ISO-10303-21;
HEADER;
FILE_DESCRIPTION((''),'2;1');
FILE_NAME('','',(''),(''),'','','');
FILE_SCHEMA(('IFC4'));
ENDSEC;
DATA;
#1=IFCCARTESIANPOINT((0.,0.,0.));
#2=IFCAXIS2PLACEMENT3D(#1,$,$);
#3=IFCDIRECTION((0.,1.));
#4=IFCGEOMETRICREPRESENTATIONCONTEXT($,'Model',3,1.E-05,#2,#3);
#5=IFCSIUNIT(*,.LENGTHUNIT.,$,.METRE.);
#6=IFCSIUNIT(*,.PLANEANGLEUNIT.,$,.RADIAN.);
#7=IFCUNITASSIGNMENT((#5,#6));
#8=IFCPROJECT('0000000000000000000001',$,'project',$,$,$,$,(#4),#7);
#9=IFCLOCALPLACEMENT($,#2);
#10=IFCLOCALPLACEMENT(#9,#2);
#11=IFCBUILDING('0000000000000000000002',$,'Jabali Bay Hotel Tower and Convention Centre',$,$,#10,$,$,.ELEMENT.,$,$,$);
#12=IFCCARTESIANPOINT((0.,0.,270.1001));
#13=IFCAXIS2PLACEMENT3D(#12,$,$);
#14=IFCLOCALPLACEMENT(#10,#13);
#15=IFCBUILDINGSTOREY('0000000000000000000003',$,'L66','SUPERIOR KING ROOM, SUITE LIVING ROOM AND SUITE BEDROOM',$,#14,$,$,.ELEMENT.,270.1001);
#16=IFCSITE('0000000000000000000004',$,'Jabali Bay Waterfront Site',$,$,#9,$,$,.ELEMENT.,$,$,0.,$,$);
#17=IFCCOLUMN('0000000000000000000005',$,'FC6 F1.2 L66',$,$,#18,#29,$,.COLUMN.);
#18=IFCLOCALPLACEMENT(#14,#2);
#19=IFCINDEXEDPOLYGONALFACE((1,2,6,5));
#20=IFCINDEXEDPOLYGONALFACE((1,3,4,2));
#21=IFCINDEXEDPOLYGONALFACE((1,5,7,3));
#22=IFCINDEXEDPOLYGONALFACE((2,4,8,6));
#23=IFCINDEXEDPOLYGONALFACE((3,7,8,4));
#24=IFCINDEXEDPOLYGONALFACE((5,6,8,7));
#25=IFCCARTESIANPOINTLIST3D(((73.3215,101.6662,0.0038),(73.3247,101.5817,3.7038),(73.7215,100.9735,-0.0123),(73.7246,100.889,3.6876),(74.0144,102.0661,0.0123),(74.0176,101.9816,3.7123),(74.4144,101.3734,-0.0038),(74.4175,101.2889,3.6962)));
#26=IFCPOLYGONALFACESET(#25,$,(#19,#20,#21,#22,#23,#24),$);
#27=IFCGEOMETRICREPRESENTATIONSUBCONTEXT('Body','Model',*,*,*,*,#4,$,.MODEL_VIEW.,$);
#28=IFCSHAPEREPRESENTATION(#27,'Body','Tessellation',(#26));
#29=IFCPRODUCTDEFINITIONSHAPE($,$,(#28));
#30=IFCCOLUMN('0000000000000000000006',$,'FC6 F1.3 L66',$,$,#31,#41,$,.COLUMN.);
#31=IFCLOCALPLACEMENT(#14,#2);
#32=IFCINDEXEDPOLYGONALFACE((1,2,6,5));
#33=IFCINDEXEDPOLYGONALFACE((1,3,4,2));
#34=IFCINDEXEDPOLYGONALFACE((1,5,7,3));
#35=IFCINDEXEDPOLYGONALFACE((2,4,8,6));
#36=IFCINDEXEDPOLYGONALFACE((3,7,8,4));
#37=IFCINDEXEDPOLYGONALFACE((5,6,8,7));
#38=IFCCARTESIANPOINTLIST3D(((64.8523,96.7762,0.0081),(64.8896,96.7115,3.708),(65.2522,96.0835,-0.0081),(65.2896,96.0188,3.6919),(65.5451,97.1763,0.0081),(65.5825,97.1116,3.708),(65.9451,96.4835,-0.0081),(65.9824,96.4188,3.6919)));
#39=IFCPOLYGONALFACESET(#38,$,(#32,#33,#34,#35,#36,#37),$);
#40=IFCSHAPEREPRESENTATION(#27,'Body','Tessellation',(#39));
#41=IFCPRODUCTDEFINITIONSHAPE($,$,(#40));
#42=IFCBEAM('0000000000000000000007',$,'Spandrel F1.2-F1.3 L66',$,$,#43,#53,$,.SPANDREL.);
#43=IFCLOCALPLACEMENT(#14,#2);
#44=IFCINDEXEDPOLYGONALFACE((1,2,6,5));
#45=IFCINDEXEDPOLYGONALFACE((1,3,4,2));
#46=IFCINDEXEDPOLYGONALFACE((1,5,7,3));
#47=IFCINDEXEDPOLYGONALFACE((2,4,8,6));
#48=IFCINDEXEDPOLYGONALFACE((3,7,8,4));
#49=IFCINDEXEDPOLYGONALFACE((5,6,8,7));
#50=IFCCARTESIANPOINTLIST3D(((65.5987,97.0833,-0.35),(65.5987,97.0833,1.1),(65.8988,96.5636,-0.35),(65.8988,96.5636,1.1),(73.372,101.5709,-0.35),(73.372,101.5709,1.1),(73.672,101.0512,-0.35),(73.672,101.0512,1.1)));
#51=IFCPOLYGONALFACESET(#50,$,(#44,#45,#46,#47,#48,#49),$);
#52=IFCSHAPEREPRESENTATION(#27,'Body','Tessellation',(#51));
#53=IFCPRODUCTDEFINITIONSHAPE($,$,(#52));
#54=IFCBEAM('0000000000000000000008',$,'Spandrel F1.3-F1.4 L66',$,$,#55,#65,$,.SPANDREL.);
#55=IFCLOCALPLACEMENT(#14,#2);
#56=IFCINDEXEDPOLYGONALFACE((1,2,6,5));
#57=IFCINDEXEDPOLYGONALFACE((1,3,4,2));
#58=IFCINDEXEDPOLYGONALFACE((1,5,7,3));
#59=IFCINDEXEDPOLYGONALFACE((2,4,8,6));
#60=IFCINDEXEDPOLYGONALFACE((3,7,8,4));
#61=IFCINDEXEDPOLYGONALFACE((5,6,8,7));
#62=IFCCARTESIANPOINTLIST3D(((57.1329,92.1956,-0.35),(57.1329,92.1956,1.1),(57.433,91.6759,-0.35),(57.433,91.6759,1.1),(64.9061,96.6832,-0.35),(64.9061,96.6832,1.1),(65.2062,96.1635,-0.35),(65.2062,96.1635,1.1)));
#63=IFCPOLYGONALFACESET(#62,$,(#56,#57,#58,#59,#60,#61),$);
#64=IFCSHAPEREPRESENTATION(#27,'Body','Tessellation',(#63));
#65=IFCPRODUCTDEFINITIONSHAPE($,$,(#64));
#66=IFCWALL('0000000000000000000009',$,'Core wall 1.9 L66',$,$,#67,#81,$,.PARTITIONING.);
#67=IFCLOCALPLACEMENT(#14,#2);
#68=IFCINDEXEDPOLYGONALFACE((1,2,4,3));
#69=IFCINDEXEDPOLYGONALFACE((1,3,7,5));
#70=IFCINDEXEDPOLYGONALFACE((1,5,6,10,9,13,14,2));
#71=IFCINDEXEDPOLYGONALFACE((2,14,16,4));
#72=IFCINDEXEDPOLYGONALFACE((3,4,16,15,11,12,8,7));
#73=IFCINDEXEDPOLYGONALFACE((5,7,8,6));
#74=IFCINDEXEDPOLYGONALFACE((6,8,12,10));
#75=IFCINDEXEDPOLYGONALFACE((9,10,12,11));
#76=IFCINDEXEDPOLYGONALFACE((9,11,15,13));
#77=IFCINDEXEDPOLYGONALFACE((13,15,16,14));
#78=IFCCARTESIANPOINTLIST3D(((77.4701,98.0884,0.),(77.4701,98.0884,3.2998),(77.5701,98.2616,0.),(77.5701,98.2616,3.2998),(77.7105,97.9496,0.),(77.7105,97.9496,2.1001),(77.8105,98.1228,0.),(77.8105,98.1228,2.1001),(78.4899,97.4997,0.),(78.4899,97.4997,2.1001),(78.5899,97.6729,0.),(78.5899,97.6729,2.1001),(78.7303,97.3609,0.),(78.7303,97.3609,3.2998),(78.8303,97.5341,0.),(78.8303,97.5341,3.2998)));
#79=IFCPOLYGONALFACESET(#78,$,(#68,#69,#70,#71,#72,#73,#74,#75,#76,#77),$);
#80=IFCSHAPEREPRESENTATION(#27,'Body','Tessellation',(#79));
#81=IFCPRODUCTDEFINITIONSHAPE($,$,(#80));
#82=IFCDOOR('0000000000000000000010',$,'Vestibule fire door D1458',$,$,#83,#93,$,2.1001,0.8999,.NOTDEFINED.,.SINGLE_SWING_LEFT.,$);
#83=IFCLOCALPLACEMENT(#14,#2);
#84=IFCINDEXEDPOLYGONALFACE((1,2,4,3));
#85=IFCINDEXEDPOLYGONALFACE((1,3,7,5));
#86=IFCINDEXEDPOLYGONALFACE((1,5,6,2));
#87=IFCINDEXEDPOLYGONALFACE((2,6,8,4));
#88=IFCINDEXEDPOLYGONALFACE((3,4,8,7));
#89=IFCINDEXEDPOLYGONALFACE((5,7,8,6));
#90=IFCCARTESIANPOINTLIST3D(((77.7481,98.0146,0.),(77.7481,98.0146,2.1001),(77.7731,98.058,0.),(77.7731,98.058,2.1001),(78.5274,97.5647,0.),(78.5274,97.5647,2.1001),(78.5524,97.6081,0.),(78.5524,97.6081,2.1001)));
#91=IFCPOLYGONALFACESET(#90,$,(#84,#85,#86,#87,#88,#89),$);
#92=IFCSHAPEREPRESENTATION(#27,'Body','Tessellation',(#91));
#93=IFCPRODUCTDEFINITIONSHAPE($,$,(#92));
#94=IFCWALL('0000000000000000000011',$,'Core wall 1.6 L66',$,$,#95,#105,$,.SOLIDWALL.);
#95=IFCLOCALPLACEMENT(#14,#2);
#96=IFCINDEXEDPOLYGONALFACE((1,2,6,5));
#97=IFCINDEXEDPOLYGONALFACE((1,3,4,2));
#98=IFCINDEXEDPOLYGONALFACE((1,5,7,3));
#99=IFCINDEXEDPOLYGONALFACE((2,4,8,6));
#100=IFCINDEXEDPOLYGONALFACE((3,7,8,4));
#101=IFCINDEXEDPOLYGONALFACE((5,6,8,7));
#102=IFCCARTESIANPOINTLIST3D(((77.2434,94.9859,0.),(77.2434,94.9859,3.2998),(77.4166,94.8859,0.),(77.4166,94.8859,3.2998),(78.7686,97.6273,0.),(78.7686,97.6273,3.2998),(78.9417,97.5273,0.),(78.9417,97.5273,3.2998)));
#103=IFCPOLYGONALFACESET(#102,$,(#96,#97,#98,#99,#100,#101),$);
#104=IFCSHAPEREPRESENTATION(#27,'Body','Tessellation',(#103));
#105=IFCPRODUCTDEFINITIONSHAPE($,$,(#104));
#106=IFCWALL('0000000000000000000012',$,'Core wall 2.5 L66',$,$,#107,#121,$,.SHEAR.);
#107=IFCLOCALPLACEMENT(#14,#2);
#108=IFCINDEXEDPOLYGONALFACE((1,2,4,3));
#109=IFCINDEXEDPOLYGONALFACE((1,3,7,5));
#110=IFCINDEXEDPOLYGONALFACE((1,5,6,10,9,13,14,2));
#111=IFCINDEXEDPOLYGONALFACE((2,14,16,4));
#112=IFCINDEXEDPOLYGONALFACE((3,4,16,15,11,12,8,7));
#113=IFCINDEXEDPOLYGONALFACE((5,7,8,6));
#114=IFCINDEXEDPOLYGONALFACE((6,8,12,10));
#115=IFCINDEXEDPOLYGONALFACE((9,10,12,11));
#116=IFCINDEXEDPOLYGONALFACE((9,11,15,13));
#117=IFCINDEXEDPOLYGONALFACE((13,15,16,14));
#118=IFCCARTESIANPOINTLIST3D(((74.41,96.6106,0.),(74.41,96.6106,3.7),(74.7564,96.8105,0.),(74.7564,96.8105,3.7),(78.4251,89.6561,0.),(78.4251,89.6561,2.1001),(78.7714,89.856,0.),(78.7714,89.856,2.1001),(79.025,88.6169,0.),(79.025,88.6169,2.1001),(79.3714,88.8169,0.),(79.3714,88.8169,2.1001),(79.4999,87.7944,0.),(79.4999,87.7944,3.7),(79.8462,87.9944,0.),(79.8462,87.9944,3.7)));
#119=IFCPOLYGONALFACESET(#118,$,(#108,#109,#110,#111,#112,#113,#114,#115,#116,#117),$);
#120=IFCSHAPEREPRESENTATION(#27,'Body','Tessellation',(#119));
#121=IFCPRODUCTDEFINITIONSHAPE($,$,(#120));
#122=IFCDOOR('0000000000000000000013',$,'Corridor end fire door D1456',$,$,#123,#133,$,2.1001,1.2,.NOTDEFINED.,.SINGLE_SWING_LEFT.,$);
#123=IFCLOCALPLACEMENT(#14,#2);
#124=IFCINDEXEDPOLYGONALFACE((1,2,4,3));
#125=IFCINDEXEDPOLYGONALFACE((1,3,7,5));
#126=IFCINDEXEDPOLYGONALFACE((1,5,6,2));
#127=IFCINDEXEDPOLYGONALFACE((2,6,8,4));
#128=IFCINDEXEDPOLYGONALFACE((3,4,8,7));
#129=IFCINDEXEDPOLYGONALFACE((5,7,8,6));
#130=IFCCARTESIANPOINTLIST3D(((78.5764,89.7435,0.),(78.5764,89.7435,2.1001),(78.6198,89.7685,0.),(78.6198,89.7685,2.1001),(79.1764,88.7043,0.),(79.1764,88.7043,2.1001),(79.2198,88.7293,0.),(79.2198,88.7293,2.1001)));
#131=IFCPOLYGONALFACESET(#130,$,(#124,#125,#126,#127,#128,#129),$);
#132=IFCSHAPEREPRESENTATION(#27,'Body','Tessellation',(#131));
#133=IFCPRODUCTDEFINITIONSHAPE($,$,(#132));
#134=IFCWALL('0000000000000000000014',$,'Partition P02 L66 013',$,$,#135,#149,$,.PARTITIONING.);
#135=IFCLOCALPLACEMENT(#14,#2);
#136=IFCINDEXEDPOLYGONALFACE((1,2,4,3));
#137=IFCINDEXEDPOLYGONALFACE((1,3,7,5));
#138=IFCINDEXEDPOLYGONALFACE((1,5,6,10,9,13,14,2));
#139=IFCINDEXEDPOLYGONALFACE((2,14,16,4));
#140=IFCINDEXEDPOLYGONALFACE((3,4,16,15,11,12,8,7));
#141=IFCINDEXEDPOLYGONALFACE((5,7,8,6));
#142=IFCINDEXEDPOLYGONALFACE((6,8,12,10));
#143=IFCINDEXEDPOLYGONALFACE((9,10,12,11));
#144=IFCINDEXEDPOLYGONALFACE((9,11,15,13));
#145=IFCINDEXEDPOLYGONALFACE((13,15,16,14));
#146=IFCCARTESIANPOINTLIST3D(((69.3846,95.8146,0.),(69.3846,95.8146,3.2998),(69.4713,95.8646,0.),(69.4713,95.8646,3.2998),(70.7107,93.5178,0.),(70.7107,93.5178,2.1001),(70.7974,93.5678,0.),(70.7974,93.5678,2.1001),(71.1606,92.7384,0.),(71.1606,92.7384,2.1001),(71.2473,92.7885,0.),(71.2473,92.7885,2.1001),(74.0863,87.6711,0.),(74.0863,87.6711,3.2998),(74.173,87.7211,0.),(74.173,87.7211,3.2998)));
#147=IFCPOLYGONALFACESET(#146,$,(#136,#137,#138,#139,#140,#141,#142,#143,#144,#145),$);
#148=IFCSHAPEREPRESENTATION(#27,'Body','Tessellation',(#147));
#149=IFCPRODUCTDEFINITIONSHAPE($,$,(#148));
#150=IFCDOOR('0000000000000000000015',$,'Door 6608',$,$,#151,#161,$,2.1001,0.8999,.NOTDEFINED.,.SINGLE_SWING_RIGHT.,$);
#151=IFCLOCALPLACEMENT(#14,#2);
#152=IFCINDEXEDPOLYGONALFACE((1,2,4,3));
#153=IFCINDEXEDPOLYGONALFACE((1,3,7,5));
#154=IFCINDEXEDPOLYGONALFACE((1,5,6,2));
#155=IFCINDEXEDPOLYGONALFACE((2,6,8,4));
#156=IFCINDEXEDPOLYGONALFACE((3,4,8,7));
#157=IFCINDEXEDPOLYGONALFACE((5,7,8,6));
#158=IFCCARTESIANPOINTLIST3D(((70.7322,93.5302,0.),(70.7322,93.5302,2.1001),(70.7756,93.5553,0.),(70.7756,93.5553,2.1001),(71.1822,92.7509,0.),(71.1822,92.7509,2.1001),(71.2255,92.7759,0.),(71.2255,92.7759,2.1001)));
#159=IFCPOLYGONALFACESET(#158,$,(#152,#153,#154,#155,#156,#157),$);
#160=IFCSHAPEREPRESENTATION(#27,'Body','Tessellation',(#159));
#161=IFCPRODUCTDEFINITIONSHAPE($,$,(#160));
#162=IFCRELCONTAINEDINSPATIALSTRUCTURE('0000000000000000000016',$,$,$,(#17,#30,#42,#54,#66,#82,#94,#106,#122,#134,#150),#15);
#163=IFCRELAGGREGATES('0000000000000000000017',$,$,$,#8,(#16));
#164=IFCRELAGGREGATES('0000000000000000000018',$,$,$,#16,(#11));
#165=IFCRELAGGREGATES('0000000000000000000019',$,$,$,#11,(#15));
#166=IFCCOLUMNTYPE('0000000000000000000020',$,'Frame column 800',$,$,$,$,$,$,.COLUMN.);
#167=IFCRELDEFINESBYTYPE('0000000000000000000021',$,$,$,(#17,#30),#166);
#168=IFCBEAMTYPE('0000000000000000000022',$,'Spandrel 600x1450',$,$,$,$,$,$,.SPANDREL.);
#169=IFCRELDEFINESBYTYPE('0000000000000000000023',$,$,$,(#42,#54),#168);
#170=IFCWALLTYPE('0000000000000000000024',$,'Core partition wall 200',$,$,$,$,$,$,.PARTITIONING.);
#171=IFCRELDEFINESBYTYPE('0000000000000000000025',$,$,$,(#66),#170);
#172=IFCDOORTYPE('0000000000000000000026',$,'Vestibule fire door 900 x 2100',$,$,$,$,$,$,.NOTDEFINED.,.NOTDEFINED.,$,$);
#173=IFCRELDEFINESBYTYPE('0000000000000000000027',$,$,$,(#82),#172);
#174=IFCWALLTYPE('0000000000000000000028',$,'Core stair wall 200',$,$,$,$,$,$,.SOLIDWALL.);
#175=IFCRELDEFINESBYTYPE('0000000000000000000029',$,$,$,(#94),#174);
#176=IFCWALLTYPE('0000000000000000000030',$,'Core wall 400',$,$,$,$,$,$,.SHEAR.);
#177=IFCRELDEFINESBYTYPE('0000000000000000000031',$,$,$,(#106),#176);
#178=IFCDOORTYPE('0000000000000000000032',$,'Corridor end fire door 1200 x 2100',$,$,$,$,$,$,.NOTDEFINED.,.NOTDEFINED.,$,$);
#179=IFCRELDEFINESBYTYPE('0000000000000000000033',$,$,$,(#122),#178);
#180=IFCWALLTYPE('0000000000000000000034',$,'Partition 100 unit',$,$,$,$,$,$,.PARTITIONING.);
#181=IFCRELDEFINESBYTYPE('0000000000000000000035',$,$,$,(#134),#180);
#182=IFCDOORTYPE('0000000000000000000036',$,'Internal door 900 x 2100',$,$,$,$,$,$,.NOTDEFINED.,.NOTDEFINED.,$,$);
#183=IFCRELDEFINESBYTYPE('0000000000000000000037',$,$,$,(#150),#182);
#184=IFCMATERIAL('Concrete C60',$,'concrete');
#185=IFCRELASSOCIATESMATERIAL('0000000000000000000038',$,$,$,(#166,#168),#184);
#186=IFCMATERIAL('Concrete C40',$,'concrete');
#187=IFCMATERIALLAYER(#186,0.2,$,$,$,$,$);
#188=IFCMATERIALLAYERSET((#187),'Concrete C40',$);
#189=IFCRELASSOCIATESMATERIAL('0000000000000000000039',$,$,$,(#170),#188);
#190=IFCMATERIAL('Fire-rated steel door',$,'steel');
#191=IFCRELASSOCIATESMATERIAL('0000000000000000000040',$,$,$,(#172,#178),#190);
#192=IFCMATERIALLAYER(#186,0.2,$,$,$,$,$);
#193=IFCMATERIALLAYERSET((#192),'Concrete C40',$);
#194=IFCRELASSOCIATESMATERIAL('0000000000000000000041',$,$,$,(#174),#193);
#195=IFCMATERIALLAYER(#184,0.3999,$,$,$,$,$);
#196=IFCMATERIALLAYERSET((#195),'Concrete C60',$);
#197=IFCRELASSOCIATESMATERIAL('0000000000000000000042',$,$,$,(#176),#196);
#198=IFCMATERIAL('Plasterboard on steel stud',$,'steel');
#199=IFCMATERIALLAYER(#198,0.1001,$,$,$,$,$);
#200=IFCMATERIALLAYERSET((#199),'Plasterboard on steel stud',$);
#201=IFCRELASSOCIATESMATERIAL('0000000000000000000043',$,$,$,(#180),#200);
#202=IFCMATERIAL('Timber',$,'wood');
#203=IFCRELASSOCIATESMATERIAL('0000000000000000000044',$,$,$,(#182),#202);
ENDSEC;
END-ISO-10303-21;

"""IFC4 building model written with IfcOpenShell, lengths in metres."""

from ifc_helpers import new_model, si_unit, direction, frame, frame_2d, origin, origin_2d, place, context, subcontext, project, spatial, rectangle, extrude, material, layer, layer_set, material_profile, profile_set, type_object, element, fill, save


model = new_model("IFC4")

# Units and contexts
model_context = context("Model", 3, precision=1e-05, world=origin(), true_north=direction((0.0, 1.0)))
body_context = subcontext(model_context, "Body", "Model", "MODEL_VIEW")
ifc_project = project(units=[si_unit("LENGTHUNIT", "METRE"), si_unit("PLANEANGLEUNIT", "RADIAN")], contexts=[model_context])

# Site, building, storey
site_placement = place(None, origin())
site = spatial("IfcSite", under=ifc_project, at=site_placement, Name="Jabali Bay Waterfront Site", CompositionType="ELEMENT", RefElevation=0.0)
building_placement = place(site_placement, origin())
building = spatial("IfcBuilding", under=site, at=building_placement, Name="Jabali Bay Hotel Tower and Convention Centre", CompositionType="ELEMENT")
storey_placement = place(building_placement, frame((0.0, 0.0, 270.1001)))
storey = spatial("IfcBuildingStorey", under=building, at=storey_placement, Name="L66", Description="SUPERIOR KING ROOM, SUITE LIVING ROOM AND SUITE BEDROOM", CompositionType="ELEMENT", Elevation=270.1001)

# Columns
ifc_material_1 = material(Name="Concrete C60", Category="concrete")
ifc_material_profile_1 = material_profile(ifc_material_1, rectangle(XDim=0.8, YDim=0.8, at=origin_2d()), Name="Frame column 800")
ifc_profile_set_1 = profile_set([ifc_material_profile_1], Name="Concrete C60")
column_type = type_object("IfcColumnType", Name="Frame column 800", PredefinedType="COLUMN", material=ifc_profile_set_1)
column_1_placement = place(storey_placement, frame((73.8679, 101.5198, 0.0), z_axis=(0.000858, -0.022825, 0.999739), x_axis=(0.86606, 0.499826, 0.010668)))
element("IfcColumn", 1, at=column_1_placement, inside=storey, type_object=column_type, Name="FC6 F1.2 L66", PredefinedType="COLUMN", context=body_context, shape_type="SweptSolid", body=[
    extrude(rectangle(XDim=0.8, YDim=0.8, at=origin_2d()), origin(), (0.0, 0.0, 1.0), 3.7009),
])
column_2_placement = place(storey_placement, frame((65.3987, 96.6299, 0.0), z_axis=(0.010094, -0.017482, 0.999796), x_axis=(-0.499903, 0.865846, 0.020187)))
element("IfcColumn", 2, at=column_2_placement, inside=storey, type_object=column_type, Name="FC6 F1.3 L66", PredefinedType="COLUMN", context=body_context, shape_type="SweptSolid", body=[
    extrude(rectangle(XDim=0.8, YDim=0.8, at=origin_2d()), origin(), (0.0, 0.0, 1.0), 3.7007),
])

# Beams
ifc_material_profile_2 = material_profile(ifc_material_1, rectangle(XDim=0.6001, YDim=1.45, at=origin_2d()), Name="Spandrel 600x1450")
ifc_profile_set_2 = profile_set([ifc_material_profile_2], Name="Concrete C60")
beam_type = type_object("IfcBeamType", Name="Spandrel 600x1450", PredefinedType="SPANDREL", material=ifc_profile_set_2)
for number, where, z_axis, x_axis, name in (
    (3, (73.522, 101.311, 0.375), (-0.86604, -0.499974, 0.0), (0.499974, -0.86604, 0.0), "Spandrel F1.2-F1.3 L66"),
    (4, (65.0562, 96.4233, 0.375), (-0.86604, -0.499974, 0.0), (0.499974, -0.86604, 0.0), "Spandrel F1.3-F1.4 L66"),
):
    element("IfcBeam", number, at=place(storey_placement, frame(where, z_axis=z_axis, x_axis=x_axis)), inside=storey, type_object=beam_type, Name=name, PredefinedType="SPANDREL", context=body_context, shape_type="SweptSolid", body=[
        extrude(rectangle(XDim=0.6001, YDim=1.45, at=origin_2d()), origin(), (0.0, 0.0, 1.0), 8.9756),
    ])

# Wall, opening, door
ifc_material_2 = material(Name="Concrete C40", Category="concrete")
ifc_layer_1 = layer(ifc_material_2, 0.2)
ifc_layer_set_1 = layer_set([ifc_layer_1], Name="Concrete C40")
wall_type_1 = type_object("IfcWallType", Name="Core partition wall 200", PredefinedType="PARTITIONING", material=ifc_layer_set_1)
wall_1_placement = place(storey_placement, frame((78.7803, 97.4475, 0.0), z_axis=(0.0, 0.0, 1.0), x_axis=(-0.866046, 0.499965, 0.0)))
wall_1 = element("IfcWall", 5, at=wall_1_placement, inside=storey, type_object=wall_type_1, Name="Core wall 1.9 L66", PredefinedType="PARTITIONING", context=body_context, shape_type="SweptSolid", body=[
    extrude(rectangle(XDim=1.4551, YDim=0.2, at=frame_2d((0.7275, 0.0))), origin(), (0.0, 0.0, 1.0), 3.2998),
])
opening_1_placement = place(wall_1_placement, frame((0.2776, 0.0, 0.0)))
opening_1 = element("IfcOpeningElement", 6, at=opening_1_placement, cuts=wall_1, PredefinedType="OPENING", context=body_context, shape_type="SweptSolid", body=[
    extrude(rectangle(XDim=0.8999, YDim=2.1001, at=frame_2d((0.45, 1.05))), frame((0.0, 0.1104, 0.0), z_axis=(0.0, -1.0, 0.0), x_axis=(1.0, 0.0, 0.0)), (0.0, 0.0, 1.0), 0.2209),
])
ifc_material_3 = material(Name="Fire-rated steel door", Category="steel")
door_type_1 = type_object("IfcDoorType", Name="Vestibule fire door 900 x 2100", OperationType="NOTDEFINED", PredefinedType="NOTDEFINED", material=ifc_material_3)
door_1_placement = place(opening_1_placement, origin())
door_1 = element("IfcDoor", 7, at=door_1_placement, inside=storey, type_object=door_type_1, Name="Vestibule fire door D1458", OperationType="SINGLE_SWING_LEFT", OverallHeight=2.1001, OverallWidth=0.8999, PredefinedType="NOTDEFINED", context=body_context, shape_type="SweptSolid", body=[
    extrude(rectangle(XDim=0.8999, YDim=2.1001, at=frame_2d((0.45, 1.05))), frame((0.0, 0.0249, 0.0), z_axis=(0.0, -1.0, 0.0), x_axis=(1.0, 0.0, 0.0)), (0.0, 0.0, 1.0), 0.05),
])
fill(opening_1, door_1)

# Wall
ifc_layer_2 = layer(ifc_material_2, 0.2)
ifc_layer_set_2 = layer_set([ifc_layer_2], Name="Concrete C40")
wall_type_2 = type_object("IfcWallType", Name="Core stair wall 200", PredefinedType="SOLIDWALL", material=ifc_layer_set_2)
wall_2_placement = place(storey_placement, frame((77.3301, 94.936, 0.0), z_axis=(0.0, 0.0, 1.0), x_axis=(0.500039, 0.866003, 0.0)))
element("IfcWall", 8, at=wall_2_placement, inside=storey, type_object=wall_type_2, Name="Core wall 1.6 L66", PredefinedType="SOLIDWALL", context=body_context, shape_type="SweptSolid", body=[
    extrude(rectangle(XDim=3.05, YDim=0.2, at=frame_2d((1.5249, 0.0))), origin(), (0.0, 0.0, 1.0), 3.2998),
])

# Walls, openings, doors
ifc_layer_3 = layer(ifc_material_1, 0.3999)
ifc_layer_set_3 = layer_set([ifc_layer_3], Name="Concrete C60")
wall_type_3 = type_object("IfcWallType", Name="Core wall 400", PredefinedType="SHEAR", material=ifc_layer_set_3)
wall_3_placement = place(storey_placement, frame((74.5833, 96.7104, 0.0), z_axis=(0.0, 0.0, 1.0), x_axis=(0.499987, -0.866033, 0.0)))
wall_3 = element("IfcWall", 9, at=wall_3_placement, inside=storey, type_object=wall_type_3, Name="Core wall 2.5 L66", PredefinedType="SHEAR", context=body_context, shape_type="SweptSolid", body=[
    extrude(rectangle(XDim=10.1799, YDim=0.3999, at=frame_2d((5.0898, 0.0))), origin(), (0.0, 0.0, 1.0), 3.7),
])
opening_2_placement = place(wall_3_placement, frame((8.03, 0.0, 0.0)))
opening_2 = element("IfcOpeningElement", 10, at=opening_2_placement, cuts=wall_3, PredefinedType="OPENING", context=body_context, shape_type="SweptSolid", body=[
    extrude(rectangle(XDim=1.2, YDim=2.1001, at=frame_2d((0.6001, 1.05))), frame((0.0, 0.2104, 0.0), z_axis=(0.0, -1.0, 0.0), x_axis=(1.0, 0.0, 0.0)), (0.0, 0.0, 1.0), 0.4209),
])
door_type_2 = type_object("IfcDoorType", Name="Corridor end fire door 1200 x 2100", OperationType="NOTDEFINED", PredefinedType="NOTDEFINED", material=ifc_material_3)
door_2_placement = place(opening_2_placement, origin())
door_2 = element("IfcDoor", 11, at=door_2_placement, inside=storey, type_object=door_type_2, Name="Corridor end fire door D1456", OperationType="SINGLE_SWING_LEFT", OverallHeight=2.1001, OverallWidth=1.2, PredefinedType="NOTDEFINED", context=body_context, shape_type="SweptSolid", body=[
    extrude(rectangle(XDim=1.2, YDim=2.1001, at=frame_2d((0.6001, 1.05))), frame((0.0, 0.0249, 0.0), z_axis=(0.0, -1.0, 0.0), x_axis=(1.0, 0.0, 0.0)), (0.0, 0.0, 1.0), 0.05),
])
fill(opening_2, door_2)
ifc_material_4 = material(Name="Plasterboard on steel stud", Category="steel")
ifc_layer_4 = layer(ifc_material_4, 0.1001)
ifc_layer_set_4 = layer_set([ifc_layer_4], Name="Plasterboard on steel stud")
wall_type_4 = type_object("IfcWallType", Name="Partition 100 unit", PredefinedType="PARTITIONING", material=ifc_layer_set_4)
wall_4_placement = place(storey_placement, frame((69.428, 95.8396, 0.0), z_axis=(0.0, 0.0, 1.0), x_axis=(0.499998, -0.866026, 0.0)))
wall_4 = element("IfcWall", 12, at=wall_4_placement, inside=storey, type_object=wall_type_4, Name="Partition P02 L66 013", PredefinedType="PARTITIONING", context=body_context, shape_type="SweptSolid", body=[
    extrude(rectangle(XDim=9.4033, YDim=0.1001, at=frame_2d((4.7017, 0.0))), origin(), (0.0, 0.0, 1.0), 3.2998),
])
opening_3_placement = place(wall_4_placement, frame((2.6521, 0.0, 0.0)))
opening_3 = element("IfcOpeningElement", 13, at=opening_3_placement, cuts=wall_4, PredefinedType="OPENING", context=body_context, shape_type="SweptSolid", body=[
    extrude(rectangle(XDim=0.8999, YDim=2.1001, at=frame_2d((0.45, 1.05))), frame((0.0, 0.0605, 0.0), z_axis=(0.0, -1.0, 0.0), x_axis=(1.0, 0.0, 0.0)), (0.0, 0.0, 1.0), 0.1211),
])
ifc_material_5 = material(Name="Timber", Category="wood")
door_type_3 = type_object("IfcDoorType", Name="Internal door 900 x 2100", OperationType="NOTDEFINED", PredefinedType="NOTDEFINED", material=ifc_material_5)
door_3_placement = place(opening_3_placement, origin())
door_3 = element("IfcDoor", 14, at=door_3_placement, inside=storey, type_object=door_type_3, Name="Door 6608", OperationType="SINGLE_SWING_RIGHT", OverallHeight=2.1001, OverallWidth=0.8999, PredefinedType="NOTDEFINED", context=body_context, shape_type="SweptSolid", body=[
    extrude(rectangle(XDim=0.8999, YDim=2.1001, at=frame_2d((0.45, 1.05))), frame((0.0, 0.0249, 0.0), z_axis=(0.0, -1.0, 0.0), x_axis=(1.0, 0.0, 0.0)), (0.0, 0.0, 1.0), 0.05),
])
fill(opening_3, door_3)

save(model, "model.ifc")
